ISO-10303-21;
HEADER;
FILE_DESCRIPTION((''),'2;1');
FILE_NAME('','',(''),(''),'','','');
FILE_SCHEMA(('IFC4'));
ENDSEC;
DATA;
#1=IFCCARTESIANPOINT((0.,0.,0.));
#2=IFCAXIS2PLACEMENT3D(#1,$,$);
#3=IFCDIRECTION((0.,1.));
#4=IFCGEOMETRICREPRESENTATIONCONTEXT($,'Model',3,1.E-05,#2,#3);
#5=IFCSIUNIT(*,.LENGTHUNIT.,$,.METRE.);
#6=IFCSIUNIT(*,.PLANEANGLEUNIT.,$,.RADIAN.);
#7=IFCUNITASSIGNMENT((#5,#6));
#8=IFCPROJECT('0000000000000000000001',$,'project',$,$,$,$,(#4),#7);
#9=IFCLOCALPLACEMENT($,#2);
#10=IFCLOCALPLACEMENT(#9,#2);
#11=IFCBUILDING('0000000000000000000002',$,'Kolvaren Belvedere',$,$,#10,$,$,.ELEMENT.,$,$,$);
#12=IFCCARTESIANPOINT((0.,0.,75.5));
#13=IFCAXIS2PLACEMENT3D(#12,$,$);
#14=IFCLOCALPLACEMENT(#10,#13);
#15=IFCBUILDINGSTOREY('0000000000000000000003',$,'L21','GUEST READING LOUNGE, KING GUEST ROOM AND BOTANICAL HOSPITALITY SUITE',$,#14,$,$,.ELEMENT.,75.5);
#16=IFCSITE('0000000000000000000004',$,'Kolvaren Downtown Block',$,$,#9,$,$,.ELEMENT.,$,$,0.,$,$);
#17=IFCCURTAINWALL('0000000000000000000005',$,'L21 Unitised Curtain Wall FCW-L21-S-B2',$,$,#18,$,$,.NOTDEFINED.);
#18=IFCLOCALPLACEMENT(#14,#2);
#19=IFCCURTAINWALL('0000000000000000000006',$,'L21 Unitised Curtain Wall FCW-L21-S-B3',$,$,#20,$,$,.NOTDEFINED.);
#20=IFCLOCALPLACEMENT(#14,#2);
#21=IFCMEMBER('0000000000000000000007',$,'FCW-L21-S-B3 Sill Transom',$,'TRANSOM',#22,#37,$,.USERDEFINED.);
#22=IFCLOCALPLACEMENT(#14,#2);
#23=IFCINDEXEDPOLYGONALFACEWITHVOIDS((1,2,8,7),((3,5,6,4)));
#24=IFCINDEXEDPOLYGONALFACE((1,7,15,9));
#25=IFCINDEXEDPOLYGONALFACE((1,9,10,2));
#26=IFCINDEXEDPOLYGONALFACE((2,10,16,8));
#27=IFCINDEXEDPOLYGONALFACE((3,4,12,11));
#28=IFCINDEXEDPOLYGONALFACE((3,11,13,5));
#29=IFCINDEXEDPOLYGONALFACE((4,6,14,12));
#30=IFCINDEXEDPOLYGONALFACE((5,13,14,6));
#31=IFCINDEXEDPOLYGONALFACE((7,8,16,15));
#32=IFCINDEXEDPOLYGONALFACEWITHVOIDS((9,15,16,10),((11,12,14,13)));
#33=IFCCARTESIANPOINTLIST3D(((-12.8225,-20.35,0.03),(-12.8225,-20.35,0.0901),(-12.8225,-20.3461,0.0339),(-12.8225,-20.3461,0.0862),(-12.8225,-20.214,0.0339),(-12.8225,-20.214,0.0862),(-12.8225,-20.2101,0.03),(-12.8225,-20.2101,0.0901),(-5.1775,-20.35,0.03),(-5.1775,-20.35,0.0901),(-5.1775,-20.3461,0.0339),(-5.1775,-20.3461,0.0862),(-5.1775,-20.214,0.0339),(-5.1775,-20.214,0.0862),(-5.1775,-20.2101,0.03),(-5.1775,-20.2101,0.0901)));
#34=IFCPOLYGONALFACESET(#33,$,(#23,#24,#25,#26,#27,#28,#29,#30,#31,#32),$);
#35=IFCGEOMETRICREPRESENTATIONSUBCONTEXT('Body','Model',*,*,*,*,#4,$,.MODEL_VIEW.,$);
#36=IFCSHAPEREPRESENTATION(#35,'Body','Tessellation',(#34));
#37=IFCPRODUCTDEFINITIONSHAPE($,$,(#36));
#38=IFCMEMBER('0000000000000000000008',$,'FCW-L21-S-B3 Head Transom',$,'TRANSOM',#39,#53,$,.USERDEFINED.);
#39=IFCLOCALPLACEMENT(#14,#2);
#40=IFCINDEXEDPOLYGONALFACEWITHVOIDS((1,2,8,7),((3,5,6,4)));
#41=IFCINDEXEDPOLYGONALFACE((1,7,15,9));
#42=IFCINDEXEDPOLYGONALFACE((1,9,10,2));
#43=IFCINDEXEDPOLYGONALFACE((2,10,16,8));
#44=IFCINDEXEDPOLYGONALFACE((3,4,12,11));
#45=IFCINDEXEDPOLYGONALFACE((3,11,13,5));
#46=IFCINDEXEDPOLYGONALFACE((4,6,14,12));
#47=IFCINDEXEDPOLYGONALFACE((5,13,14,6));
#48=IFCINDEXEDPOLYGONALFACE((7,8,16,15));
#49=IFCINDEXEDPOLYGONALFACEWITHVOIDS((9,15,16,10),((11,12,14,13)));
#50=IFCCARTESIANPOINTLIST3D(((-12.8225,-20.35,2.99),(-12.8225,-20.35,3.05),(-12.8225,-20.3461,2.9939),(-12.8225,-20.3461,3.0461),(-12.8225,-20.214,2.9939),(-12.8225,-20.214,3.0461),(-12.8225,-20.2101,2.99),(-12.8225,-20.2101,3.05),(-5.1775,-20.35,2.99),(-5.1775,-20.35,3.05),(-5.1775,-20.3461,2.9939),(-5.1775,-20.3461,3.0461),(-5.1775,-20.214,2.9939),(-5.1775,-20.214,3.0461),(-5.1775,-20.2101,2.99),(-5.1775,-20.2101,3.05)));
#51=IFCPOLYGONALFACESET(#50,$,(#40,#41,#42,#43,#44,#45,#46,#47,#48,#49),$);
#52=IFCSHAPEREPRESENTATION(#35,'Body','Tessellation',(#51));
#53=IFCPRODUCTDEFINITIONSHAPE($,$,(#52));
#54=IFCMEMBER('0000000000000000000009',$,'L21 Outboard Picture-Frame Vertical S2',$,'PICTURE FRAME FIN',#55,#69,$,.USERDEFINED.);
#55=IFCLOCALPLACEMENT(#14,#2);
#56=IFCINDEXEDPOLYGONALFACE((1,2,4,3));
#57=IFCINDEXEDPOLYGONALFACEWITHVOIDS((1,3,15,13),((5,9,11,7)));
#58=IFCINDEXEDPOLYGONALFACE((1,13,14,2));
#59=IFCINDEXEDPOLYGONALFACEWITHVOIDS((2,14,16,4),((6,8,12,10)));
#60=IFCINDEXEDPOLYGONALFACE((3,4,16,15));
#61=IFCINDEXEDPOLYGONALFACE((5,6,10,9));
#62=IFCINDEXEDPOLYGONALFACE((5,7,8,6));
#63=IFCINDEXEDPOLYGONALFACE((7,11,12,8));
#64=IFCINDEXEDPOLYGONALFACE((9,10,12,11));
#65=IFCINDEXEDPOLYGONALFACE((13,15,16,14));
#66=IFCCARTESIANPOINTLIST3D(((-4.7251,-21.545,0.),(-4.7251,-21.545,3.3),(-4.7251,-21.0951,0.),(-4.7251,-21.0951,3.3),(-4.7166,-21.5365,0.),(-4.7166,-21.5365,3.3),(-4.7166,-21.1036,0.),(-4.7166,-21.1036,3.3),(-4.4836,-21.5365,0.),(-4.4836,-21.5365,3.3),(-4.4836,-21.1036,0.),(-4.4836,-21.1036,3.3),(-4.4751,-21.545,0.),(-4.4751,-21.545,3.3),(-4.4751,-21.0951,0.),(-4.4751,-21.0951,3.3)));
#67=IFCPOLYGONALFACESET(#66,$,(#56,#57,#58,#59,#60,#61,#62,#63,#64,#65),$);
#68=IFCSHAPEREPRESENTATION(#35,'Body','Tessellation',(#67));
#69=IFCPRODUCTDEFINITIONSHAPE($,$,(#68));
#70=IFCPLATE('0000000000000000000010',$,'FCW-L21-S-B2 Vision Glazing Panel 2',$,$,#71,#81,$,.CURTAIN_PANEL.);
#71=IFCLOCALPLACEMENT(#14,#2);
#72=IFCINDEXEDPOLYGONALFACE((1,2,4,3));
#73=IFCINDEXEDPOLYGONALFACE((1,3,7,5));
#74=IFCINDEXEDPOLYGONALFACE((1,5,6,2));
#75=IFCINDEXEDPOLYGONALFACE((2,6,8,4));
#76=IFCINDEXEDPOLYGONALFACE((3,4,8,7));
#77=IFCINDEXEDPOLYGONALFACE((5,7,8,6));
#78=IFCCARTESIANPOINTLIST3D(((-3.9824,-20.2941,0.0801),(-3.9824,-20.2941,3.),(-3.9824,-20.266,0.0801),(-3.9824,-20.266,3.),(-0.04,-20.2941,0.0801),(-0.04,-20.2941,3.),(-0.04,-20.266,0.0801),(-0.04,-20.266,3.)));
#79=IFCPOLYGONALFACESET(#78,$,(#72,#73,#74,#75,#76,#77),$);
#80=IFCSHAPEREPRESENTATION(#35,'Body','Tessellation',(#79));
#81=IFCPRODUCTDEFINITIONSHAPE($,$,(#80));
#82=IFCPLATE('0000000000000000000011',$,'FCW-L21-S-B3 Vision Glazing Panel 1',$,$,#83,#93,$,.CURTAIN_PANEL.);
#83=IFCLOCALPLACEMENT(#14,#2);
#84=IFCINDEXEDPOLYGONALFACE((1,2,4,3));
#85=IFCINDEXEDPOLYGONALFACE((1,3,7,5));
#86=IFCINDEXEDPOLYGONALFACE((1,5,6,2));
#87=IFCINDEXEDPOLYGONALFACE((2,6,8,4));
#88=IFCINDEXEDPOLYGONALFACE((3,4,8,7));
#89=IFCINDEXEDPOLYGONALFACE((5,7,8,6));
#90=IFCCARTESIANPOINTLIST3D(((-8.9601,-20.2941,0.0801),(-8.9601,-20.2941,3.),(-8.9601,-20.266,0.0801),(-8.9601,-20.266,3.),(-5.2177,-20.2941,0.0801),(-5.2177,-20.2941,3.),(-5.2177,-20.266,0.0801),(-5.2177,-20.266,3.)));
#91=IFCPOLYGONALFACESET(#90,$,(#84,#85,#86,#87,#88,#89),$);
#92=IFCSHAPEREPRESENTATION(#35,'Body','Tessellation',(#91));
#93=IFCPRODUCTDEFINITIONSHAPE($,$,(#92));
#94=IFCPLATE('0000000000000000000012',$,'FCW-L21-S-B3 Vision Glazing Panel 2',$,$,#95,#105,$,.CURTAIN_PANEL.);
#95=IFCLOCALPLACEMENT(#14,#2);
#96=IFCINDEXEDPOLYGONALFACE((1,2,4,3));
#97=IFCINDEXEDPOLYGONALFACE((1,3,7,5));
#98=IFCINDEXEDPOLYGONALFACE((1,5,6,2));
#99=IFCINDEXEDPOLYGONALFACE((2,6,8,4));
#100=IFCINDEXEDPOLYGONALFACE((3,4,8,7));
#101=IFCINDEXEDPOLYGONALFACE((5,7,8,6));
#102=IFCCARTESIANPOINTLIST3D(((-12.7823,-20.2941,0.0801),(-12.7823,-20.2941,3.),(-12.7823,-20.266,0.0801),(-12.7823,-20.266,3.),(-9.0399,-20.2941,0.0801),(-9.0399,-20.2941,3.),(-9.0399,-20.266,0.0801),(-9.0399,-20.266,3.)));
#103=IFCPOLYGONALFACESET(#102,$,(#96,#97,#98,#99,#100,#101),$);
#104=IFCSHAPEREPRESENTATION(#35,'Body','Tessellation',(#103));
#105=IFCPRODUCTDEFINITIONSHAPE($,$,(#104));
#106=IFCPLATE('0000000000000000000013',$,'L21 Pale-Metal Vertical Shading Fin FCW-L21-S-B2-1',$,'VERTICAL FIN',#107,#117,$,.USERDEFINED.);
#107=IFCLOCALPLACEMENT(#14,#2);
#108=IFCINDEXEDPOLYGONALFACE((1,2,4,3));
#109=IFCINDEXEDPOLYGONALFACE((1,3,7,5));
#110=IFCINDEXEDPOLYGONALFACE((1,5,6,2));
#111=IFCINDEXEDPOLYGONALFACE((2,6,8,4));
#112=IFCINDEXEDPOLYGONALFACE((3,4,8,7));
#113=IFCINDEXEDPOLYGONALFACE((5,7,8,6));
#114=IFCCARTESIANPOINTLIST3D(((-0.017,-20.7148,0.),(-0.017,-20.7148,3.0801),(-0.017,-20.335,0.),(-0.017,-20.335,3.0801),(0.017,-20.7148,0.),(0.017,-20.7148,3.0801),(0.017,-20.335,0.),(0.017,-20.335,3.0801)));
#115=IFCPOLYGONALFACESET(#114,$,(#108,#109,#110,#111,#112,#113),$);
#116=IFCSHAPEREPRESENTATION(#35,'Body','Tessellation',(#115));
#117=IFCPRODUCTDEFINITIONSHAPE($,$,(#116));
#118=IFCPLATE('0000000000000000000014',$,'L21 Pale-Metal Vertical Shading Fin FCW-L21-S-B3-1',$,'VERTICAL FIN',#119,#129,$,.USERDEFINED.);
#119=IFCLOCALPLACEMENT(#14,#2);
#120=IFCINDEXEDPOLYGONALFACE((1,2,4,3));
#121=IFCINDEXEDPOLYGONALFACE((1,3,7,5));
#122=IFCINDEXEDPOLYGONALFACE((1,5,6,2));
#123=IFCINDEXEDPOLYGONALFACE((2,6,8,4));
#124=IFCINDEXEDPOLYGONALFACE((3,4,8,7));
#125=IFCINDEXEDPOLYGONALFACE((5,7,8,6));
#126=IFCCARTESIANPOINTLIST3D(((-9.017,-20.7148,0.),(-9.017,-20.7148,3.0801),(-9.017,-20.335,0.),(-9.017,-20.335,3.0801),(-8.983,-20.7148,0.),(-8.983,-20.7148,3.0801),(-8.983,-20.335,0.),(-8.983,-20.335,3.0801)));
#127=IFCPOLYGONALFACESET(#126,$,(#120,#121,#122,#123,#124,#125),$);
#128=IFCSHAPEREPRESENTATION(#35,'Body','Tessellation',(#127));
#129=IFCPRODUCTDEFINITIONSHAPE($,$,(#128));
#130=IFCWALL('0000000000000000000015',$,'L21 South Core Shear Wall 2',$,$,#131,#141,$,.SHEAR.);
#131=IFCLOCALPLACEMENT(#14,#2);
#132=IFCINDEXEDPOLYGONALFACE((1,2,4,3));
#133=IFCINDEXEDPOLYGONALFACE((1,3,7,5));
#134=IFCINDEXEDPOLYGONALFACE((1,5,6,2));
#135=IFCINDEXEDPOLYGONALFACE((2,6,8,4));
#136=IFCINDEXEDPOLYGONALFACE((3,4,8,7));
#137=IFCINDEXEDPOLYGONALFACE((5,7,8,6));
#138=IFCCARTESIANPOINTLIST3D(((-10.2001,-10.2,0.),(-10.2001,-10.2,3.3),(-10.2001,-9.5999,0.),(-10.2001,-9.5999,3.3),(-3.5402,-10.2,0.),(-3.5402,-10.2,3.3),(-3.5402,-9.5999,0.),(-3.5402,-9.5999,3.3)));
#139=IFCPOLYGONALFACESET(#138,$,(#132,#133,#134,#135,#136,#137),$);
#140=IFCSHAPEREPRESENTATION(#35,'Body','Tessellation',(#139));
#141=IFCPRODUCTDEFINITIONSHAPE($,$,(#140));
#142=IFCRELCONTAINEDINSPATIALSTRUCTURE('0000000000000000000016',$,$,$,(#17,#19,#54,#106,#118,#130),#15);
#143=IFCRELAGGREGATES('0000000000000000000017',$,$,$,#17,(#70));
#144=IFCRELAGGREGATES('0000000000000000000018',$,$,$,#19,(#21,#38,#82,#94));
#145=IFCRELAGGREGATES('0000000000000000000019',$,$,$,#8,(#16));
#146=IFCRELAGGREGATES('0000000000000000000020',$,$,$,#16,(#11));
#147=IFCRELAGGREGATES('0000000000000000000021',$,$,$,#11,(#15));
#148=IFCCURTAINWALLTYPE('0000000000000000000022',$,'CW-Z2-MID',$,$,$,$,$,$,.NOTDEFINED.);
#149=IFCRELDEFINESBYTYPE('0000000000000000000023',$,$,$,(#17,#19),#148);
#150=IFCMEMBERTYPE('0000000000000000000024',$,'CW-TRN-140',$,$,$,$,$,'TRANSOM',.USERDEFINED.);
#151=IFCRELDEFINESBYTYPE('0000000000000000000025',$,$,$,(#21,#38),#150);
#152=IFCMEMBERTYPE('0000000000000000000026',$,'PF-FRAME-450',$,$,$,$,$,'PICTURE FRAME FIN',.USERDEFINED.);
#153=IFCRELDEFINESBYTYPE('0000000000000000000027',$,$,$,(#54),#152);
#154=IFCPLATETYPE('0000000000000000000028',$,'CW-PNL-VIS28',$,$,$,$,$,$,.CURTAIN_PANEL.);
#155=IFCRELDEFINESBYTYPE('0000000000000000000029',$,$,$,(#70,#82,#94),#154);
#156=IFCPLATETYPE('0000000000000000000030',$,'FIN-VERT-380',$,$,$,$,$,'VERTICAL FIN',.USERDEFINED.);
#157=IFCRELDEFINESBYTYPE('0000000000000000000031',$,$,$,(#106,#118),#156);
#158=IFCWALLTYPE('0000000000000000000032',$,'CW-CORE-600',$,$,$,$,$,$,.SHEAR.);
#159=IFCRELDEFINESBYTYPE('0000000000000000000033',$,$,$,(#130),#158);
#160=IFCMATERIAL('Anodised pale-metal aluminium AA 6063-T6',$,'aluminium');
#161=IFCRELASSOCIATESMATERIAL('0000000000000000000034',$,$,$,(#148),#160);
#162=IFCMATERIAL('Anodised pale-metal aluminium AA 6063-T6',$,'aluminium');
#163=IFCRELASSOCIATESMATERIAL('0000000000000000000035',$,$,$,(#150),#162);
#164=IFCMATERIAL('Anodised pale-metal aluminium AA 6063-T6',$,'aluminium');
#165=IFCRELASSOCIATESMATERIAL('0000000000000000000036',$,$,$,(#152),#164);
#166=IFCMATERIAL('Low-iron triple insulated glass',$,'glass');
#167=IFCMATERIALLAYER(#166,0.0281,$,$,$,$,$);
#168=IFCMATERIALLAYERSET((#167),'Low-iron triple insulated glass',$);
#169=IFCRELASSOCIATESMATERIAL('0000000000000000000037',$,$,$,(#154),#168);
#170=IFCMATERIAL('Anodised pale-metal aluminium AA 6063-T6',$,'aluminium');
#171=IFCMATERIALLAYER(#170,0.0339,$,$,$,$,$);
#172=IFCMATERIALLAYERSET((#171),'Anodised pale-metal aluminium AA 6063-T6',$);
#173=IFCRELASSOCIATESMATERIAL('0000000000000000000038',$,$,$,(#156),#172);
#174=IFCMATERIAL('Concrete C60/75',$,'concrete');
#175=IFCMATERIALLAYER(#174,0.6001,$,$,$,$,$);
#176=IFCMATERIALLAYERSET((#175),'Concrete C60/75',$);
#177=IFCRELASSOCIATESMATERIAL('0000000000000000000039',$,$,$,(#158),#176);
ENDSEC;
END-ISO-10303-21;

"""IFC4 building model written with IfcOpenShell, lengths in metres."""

from ifc_helpers import new_model, si_unit, direction, frame, frame_2d, origin, origin_2d, place, context, subcontext, project, spatial, rectangle, hollow_rectangle, extrude, material, layer, layer_set, material_profile, profile_set, type_object, element, aggregate, save


model = new_model("IFC4")

# Units and contexts
model_context = context("Model", 3, precision=1e-05, world=origin(), true_north=direction((0.0, 1.0)))
body_context = subcontext(model_context, "Body", "Model", "MODEL_VIEW")
ifc_project = project(units=[si_unit("LENGTHUNIT", "METRE"), si_unit("PLANEANGLEUNIT", "RADIAN")], contexts=[model_context])

# Site, building, storey
site_placement = place(None, origin())
site = spatial("IfcSite", under=ifc_project, at=site_placement, Name="Kolvaren Downtown Block", CompositionType="ELEMENT", RefElevation=0.0)
building_placement = place(site_placement, origin())
building = spatial("IfcBuilding", under=site, at=building_placement, Name="Kolvaren Belvedere", CompositionType="ELEMENT")
storey_placement = place(building_placement, frame((0.0, 0.0, 75.5)))
storey = spatial("IfcBuildingStorey", under=building, at=storey_placement, Name="L21", Description="GUEST READING LOUNGE, KING GUEST ROOM AND BOTANICAL HOSPITALITY SUITE", CompositionType="ELEMENT", Elevation=75.5)

# Curtain walls, members
ifc_material_1 = material(Name="Anodised pale-metal aluminium AA 6063-T6", Category="aluminium")
curtain_wall_type = type_object("IfcCurtainWallType", Name="CW-Z2-MID", PredefinedType="NOTDEFINED", material=ifc_material_1)
curtain_wall_1_placement = place(storey_placement, origin())
curtain_wall_1 = element("IfcCurtainWall", 1, at=curtain_wall_1_placement, inside=storey, type_object=curtain_wall_type, Name="L21 Unitised Curtain Wall FCW-L21-S-B2", PredefinedType="NOTDEFINED")
curtain_wall_2_placement = place(storey_placement, origin())
curtain_wall_2 = element("IfcCurtainWall", 2, at=curtain_wall_2_placement, inside=storey, type_object=curtain_wall_type, Name="L21 Unitised Curtain Wall FCW-L21-S-B3", PredefinedType="NOTDEFINED")
ifc_material_2 = material(Name="Anodised pale-metal aluminium AA 6063-T6", Category="aluminium")
ifc_material_profile_1 = material_profile(ifc_material_2, hollow_rectangle(XDim=0.0601, YDim=0.1399, WallThickness=0.0039, at=origin_2d()), Name="ALU-TRN-140X60")
ifc_profile_set_1 = profile_set([ifc_material_profile_1], Name="Anodised pale-metal aluminium AA 6063-T6")
member_type_1 = type_object("IfcMemberType", Name="CW-TRN-140", ElementType="TRANSOM", PredefinedType="USERDEFINED", material=ifc_profile_set_1)
member_1_placement = place(storey_placement, frame((-5.1775, -20.28, 0.0601), z_axis=(-1.0, 0.0, 0.0), x_axis=(0.0, 0.0, 1.0)))
member_1 = element("IfcMember", 3, at=member_1_placement, type_object=member_type_1, Name="FCW-L21-S-B3 Sill Transom", ObjectType="TRANSOM", PredefinedType="USERDEFINED", context=body_context, shape_type="SweptSolid", body=[
    extrude(hollow_rectangle(XDim=0.0601, YDim=0.1399, WallThickness=0.0039, at=origin_2d()), origin(), (0.0, 0.0, 1.0), 7.645),
])
member_2_placement = place(storey_placement, frame((-5.1775, -20.28, 3.02), z_axis=(-1.0, 0.0, 0.0), x_axis=(0.0, 0.0, 1.0)))
member_2 = element("IfcMember", 4, at=member_2_placement, type_object=member_type_1, Name="FCW-L21-S-B3 Head Transom", ObjectType="TRANSOM", PredefinedType="USERDEFINED", context=body_context, shape_type="SweptSolid", body=[
    extrude(hollow_rectangle(XDim=0.0601, YDim=0.1399, WallThickness=0.0039, at=origin_2d()), origin(), (0.0, 0.0, 1.0), 7.645),
])

# Member
ifc_material_3 = material(Name="Anodised pale-metal aluminium AA 6063-T6", Category="aluminium")
ifc_material_profile_2 = material_profile(ifc_material_3, hollow_rectangle(XDim=0.25, YDim=0.45, WallThickness=0.0085, at=origin_2d()), Name="ALU-PF-450X250")
ifc_profile_set_2 = profile_set([ifc_material_profile_2], Name="Anodised pale-metal aluminium AA 6063-T6")
member_type_2 = type_object("IfcMemberType", Name="PF-FRAME-450", ElementType="PICTURE FRAME FIN", PredefinedType="USERDEFINED", material=ifc_profile_set_2)
member_3_placement = place(storey_placement, frame((-4.6001, -21.3201, 0.0), z_axis=(0.0, 0.0, 1.0), x_axis=(1.0, 0.0, 0.0)))
element("IfcMember", 5, at=member_3_placement, inside=storey, type_object=member_type_2, Name="L21 Outboard Picture-Frame Vertical S2", ObjectType="PICTURE FRAME FIN", PredefinedType="USERDEFINED", context=body_context, shape_type="SweptSolid", body=[
    extrude(hollow_rectangle(XDim=0.25, YDim=0.45, WallThickness=0.0085, at=origin_2d()), origin(), (0.0, 0.0, 1.0), 3.3),
])

# Plates
ifc_material_4 = material(Name="Low-iron triple insulated glass", Category="glass")
ifc_layer_1 = layer(ifc_material_4, 0.0281)
ifc_layer_set_1 = layer_set([ifc_layer_1], Name="Low-iron triple insulated glass")
plate_type_1 = type_object("IfcPlateType", Name="CW-PNL-VIS28", PredefinedType="CURTAIN_PANEL", material=ifc_layer_set_1)
plate_1_placement = place(storey_placement, frame((-2.0112, -20.28, 0.0801), z_axis=(0.0, 0.0, 1.0), x_axis=(-1.0, 0.0, 0.0)))
plate_1 = element("IfcPlate", 6, at=plate_1_placement, type_object=plate_type_1, Name="FCW-L21-S-B2 Vision Glazing Panel 2", PredefinedType="CURTAIN_PANEL", context=body_context, shape_type="SweptSolid", body=[
    extrude(rectangle(XDim=3.9424, YDim=0.0281, at=origin_2d()), origin(), (0.0, 0.0, 1.0), 2.9199),
])
aggregate(curtain_wall_1, [plate_1])
plate_2_placement = place(storey_placement, frame((-7.0889, -20.28, 0.0801), z_axis=(0.0, 0.0, 1.0), x_axis=(-1.0, 0.0, 0.0)))
plate_2 = element("IfcPlate", 7, at=plate_2_placement, type_object=plate_type_1, Name="FCW-L21-S-B3 Vision Glazing Panel 1", PredefinedType="CURTAIN_PANEL", context=body_context, shape_type="SweptSolid", body=[
    extrude(rectangle(XDim=3.7424, YDim=0.0281, at=origin_2d()), origin(), (0.0, 0.0, 1.0), 2.9199),
])
plate_3_placement = place(storey_placement, frame((-10.9111, -20.28, 0.0801), z_axis=(0.0, 0.0, 1.0), x_axis=(-1.0, 0.0, 0.0)))
plate_3 = element("IfcPlate", 8, at=plate_3_placement, type_object=plate_type_1, Name="FCW-L21-S-B3 Vision Glazing Panel 2", PredefinedType="CURTAIN_PANEL", context=body_context, shape_type="SweptSolid", body=[
    extrude(rectangle(XDim=3.7424, YDim=0.0281, at=origin_2d()), origin(), (0.0, 0.0, 1.0), 2.9199),
])
aggregate(curtain_wall_2, [member_1, member_2, plate_2, plate_3])

# Plates
ifc_material_5 = material(Name="Anodised pale-metal aluminium AA 6063-T6", Category="aluminium")
ifc_layer_2 = layer(ifc_material_5, 0.0339)
ifc_layer_set_2 = layer_set([ifc_layer_2], Name="Anodised pale-metal aluminium AA 6063-T6")
plate_type_2 = type_object("IfcPlateType", Name="FIN-VERT-380", ElementType="VERTICAL FIN", PredefinedType="USERDEFINED", material=ifc_layer_set_2)
for number, where, z_axis, x_axis, name in (
    (9, (0.0, -20.5249, 0.0), (0.0, 0.0, 1.0), (0.0, 1.0, 0.0), "L21 Pale-Metal Vertical Shading Fin FCW-L21-S-B2-1"),
    (10, (-9.0, -20.5249, 0.0), (0.0, 0.0, 1.0), (0.0, 1.0, 0.0), "L21 Pale-Metal Vertical Shading Fin FCW-L21-S-B3-1"),
):
    element("IfcPlate", number, at=place(storey_placement, frame(where, z_axis=z_axis, x_axis=x_axis)), inside=storey, type_object=plate_type_2, Name=name, ObjectType="VERTICAL FIN", PredefinedType="USERDEFINED", context=body_context, shape_type="SweptSolid", body=[
        extrude(rectangle(XDim=0.3799, YDim=0.0339, at=origin_2d()), origin(), (0.0, 0.0, 1.0), 3.0801),
    ])

# Wall
ifc_material_6 = material(Name="Concrete C60/75", Category="concrete")
ifc_layer_3 = layer(ifc_material_6, 0.6001)
ifc_layer_set_3 = layer_set([ifc_layer_3], Name="Concrete C60/75")
wall_type_1 = type_object("IfcWallType", Name="CW-CORE-600", PredefinedType="SHEAR", material=ifc_layer_set_3)
wall_1_placement = place(storey_placement, frame((-3.54, -9.8999, 0.0), z_axis=(0.0, 0.0, 1.0), x_axis=(-1.0, 0.0, 0.0)))
element("IfcWall", 11, at=wall_1_placement, inside=storey, type_object=wall_type_1, Name="L21 South Core Shear Wall 2", PredefinedType="SHEAR", context=body_context, shape_type="SweptSolid", body=[
    extrude(rectangle(XDim=6.6599, YDim=0.6001, at=frame_2d((3.3301, 0.0))), origin(), (0.0, 0.0, 1.0), 3.3),
])

save(model, "model.ifc")
